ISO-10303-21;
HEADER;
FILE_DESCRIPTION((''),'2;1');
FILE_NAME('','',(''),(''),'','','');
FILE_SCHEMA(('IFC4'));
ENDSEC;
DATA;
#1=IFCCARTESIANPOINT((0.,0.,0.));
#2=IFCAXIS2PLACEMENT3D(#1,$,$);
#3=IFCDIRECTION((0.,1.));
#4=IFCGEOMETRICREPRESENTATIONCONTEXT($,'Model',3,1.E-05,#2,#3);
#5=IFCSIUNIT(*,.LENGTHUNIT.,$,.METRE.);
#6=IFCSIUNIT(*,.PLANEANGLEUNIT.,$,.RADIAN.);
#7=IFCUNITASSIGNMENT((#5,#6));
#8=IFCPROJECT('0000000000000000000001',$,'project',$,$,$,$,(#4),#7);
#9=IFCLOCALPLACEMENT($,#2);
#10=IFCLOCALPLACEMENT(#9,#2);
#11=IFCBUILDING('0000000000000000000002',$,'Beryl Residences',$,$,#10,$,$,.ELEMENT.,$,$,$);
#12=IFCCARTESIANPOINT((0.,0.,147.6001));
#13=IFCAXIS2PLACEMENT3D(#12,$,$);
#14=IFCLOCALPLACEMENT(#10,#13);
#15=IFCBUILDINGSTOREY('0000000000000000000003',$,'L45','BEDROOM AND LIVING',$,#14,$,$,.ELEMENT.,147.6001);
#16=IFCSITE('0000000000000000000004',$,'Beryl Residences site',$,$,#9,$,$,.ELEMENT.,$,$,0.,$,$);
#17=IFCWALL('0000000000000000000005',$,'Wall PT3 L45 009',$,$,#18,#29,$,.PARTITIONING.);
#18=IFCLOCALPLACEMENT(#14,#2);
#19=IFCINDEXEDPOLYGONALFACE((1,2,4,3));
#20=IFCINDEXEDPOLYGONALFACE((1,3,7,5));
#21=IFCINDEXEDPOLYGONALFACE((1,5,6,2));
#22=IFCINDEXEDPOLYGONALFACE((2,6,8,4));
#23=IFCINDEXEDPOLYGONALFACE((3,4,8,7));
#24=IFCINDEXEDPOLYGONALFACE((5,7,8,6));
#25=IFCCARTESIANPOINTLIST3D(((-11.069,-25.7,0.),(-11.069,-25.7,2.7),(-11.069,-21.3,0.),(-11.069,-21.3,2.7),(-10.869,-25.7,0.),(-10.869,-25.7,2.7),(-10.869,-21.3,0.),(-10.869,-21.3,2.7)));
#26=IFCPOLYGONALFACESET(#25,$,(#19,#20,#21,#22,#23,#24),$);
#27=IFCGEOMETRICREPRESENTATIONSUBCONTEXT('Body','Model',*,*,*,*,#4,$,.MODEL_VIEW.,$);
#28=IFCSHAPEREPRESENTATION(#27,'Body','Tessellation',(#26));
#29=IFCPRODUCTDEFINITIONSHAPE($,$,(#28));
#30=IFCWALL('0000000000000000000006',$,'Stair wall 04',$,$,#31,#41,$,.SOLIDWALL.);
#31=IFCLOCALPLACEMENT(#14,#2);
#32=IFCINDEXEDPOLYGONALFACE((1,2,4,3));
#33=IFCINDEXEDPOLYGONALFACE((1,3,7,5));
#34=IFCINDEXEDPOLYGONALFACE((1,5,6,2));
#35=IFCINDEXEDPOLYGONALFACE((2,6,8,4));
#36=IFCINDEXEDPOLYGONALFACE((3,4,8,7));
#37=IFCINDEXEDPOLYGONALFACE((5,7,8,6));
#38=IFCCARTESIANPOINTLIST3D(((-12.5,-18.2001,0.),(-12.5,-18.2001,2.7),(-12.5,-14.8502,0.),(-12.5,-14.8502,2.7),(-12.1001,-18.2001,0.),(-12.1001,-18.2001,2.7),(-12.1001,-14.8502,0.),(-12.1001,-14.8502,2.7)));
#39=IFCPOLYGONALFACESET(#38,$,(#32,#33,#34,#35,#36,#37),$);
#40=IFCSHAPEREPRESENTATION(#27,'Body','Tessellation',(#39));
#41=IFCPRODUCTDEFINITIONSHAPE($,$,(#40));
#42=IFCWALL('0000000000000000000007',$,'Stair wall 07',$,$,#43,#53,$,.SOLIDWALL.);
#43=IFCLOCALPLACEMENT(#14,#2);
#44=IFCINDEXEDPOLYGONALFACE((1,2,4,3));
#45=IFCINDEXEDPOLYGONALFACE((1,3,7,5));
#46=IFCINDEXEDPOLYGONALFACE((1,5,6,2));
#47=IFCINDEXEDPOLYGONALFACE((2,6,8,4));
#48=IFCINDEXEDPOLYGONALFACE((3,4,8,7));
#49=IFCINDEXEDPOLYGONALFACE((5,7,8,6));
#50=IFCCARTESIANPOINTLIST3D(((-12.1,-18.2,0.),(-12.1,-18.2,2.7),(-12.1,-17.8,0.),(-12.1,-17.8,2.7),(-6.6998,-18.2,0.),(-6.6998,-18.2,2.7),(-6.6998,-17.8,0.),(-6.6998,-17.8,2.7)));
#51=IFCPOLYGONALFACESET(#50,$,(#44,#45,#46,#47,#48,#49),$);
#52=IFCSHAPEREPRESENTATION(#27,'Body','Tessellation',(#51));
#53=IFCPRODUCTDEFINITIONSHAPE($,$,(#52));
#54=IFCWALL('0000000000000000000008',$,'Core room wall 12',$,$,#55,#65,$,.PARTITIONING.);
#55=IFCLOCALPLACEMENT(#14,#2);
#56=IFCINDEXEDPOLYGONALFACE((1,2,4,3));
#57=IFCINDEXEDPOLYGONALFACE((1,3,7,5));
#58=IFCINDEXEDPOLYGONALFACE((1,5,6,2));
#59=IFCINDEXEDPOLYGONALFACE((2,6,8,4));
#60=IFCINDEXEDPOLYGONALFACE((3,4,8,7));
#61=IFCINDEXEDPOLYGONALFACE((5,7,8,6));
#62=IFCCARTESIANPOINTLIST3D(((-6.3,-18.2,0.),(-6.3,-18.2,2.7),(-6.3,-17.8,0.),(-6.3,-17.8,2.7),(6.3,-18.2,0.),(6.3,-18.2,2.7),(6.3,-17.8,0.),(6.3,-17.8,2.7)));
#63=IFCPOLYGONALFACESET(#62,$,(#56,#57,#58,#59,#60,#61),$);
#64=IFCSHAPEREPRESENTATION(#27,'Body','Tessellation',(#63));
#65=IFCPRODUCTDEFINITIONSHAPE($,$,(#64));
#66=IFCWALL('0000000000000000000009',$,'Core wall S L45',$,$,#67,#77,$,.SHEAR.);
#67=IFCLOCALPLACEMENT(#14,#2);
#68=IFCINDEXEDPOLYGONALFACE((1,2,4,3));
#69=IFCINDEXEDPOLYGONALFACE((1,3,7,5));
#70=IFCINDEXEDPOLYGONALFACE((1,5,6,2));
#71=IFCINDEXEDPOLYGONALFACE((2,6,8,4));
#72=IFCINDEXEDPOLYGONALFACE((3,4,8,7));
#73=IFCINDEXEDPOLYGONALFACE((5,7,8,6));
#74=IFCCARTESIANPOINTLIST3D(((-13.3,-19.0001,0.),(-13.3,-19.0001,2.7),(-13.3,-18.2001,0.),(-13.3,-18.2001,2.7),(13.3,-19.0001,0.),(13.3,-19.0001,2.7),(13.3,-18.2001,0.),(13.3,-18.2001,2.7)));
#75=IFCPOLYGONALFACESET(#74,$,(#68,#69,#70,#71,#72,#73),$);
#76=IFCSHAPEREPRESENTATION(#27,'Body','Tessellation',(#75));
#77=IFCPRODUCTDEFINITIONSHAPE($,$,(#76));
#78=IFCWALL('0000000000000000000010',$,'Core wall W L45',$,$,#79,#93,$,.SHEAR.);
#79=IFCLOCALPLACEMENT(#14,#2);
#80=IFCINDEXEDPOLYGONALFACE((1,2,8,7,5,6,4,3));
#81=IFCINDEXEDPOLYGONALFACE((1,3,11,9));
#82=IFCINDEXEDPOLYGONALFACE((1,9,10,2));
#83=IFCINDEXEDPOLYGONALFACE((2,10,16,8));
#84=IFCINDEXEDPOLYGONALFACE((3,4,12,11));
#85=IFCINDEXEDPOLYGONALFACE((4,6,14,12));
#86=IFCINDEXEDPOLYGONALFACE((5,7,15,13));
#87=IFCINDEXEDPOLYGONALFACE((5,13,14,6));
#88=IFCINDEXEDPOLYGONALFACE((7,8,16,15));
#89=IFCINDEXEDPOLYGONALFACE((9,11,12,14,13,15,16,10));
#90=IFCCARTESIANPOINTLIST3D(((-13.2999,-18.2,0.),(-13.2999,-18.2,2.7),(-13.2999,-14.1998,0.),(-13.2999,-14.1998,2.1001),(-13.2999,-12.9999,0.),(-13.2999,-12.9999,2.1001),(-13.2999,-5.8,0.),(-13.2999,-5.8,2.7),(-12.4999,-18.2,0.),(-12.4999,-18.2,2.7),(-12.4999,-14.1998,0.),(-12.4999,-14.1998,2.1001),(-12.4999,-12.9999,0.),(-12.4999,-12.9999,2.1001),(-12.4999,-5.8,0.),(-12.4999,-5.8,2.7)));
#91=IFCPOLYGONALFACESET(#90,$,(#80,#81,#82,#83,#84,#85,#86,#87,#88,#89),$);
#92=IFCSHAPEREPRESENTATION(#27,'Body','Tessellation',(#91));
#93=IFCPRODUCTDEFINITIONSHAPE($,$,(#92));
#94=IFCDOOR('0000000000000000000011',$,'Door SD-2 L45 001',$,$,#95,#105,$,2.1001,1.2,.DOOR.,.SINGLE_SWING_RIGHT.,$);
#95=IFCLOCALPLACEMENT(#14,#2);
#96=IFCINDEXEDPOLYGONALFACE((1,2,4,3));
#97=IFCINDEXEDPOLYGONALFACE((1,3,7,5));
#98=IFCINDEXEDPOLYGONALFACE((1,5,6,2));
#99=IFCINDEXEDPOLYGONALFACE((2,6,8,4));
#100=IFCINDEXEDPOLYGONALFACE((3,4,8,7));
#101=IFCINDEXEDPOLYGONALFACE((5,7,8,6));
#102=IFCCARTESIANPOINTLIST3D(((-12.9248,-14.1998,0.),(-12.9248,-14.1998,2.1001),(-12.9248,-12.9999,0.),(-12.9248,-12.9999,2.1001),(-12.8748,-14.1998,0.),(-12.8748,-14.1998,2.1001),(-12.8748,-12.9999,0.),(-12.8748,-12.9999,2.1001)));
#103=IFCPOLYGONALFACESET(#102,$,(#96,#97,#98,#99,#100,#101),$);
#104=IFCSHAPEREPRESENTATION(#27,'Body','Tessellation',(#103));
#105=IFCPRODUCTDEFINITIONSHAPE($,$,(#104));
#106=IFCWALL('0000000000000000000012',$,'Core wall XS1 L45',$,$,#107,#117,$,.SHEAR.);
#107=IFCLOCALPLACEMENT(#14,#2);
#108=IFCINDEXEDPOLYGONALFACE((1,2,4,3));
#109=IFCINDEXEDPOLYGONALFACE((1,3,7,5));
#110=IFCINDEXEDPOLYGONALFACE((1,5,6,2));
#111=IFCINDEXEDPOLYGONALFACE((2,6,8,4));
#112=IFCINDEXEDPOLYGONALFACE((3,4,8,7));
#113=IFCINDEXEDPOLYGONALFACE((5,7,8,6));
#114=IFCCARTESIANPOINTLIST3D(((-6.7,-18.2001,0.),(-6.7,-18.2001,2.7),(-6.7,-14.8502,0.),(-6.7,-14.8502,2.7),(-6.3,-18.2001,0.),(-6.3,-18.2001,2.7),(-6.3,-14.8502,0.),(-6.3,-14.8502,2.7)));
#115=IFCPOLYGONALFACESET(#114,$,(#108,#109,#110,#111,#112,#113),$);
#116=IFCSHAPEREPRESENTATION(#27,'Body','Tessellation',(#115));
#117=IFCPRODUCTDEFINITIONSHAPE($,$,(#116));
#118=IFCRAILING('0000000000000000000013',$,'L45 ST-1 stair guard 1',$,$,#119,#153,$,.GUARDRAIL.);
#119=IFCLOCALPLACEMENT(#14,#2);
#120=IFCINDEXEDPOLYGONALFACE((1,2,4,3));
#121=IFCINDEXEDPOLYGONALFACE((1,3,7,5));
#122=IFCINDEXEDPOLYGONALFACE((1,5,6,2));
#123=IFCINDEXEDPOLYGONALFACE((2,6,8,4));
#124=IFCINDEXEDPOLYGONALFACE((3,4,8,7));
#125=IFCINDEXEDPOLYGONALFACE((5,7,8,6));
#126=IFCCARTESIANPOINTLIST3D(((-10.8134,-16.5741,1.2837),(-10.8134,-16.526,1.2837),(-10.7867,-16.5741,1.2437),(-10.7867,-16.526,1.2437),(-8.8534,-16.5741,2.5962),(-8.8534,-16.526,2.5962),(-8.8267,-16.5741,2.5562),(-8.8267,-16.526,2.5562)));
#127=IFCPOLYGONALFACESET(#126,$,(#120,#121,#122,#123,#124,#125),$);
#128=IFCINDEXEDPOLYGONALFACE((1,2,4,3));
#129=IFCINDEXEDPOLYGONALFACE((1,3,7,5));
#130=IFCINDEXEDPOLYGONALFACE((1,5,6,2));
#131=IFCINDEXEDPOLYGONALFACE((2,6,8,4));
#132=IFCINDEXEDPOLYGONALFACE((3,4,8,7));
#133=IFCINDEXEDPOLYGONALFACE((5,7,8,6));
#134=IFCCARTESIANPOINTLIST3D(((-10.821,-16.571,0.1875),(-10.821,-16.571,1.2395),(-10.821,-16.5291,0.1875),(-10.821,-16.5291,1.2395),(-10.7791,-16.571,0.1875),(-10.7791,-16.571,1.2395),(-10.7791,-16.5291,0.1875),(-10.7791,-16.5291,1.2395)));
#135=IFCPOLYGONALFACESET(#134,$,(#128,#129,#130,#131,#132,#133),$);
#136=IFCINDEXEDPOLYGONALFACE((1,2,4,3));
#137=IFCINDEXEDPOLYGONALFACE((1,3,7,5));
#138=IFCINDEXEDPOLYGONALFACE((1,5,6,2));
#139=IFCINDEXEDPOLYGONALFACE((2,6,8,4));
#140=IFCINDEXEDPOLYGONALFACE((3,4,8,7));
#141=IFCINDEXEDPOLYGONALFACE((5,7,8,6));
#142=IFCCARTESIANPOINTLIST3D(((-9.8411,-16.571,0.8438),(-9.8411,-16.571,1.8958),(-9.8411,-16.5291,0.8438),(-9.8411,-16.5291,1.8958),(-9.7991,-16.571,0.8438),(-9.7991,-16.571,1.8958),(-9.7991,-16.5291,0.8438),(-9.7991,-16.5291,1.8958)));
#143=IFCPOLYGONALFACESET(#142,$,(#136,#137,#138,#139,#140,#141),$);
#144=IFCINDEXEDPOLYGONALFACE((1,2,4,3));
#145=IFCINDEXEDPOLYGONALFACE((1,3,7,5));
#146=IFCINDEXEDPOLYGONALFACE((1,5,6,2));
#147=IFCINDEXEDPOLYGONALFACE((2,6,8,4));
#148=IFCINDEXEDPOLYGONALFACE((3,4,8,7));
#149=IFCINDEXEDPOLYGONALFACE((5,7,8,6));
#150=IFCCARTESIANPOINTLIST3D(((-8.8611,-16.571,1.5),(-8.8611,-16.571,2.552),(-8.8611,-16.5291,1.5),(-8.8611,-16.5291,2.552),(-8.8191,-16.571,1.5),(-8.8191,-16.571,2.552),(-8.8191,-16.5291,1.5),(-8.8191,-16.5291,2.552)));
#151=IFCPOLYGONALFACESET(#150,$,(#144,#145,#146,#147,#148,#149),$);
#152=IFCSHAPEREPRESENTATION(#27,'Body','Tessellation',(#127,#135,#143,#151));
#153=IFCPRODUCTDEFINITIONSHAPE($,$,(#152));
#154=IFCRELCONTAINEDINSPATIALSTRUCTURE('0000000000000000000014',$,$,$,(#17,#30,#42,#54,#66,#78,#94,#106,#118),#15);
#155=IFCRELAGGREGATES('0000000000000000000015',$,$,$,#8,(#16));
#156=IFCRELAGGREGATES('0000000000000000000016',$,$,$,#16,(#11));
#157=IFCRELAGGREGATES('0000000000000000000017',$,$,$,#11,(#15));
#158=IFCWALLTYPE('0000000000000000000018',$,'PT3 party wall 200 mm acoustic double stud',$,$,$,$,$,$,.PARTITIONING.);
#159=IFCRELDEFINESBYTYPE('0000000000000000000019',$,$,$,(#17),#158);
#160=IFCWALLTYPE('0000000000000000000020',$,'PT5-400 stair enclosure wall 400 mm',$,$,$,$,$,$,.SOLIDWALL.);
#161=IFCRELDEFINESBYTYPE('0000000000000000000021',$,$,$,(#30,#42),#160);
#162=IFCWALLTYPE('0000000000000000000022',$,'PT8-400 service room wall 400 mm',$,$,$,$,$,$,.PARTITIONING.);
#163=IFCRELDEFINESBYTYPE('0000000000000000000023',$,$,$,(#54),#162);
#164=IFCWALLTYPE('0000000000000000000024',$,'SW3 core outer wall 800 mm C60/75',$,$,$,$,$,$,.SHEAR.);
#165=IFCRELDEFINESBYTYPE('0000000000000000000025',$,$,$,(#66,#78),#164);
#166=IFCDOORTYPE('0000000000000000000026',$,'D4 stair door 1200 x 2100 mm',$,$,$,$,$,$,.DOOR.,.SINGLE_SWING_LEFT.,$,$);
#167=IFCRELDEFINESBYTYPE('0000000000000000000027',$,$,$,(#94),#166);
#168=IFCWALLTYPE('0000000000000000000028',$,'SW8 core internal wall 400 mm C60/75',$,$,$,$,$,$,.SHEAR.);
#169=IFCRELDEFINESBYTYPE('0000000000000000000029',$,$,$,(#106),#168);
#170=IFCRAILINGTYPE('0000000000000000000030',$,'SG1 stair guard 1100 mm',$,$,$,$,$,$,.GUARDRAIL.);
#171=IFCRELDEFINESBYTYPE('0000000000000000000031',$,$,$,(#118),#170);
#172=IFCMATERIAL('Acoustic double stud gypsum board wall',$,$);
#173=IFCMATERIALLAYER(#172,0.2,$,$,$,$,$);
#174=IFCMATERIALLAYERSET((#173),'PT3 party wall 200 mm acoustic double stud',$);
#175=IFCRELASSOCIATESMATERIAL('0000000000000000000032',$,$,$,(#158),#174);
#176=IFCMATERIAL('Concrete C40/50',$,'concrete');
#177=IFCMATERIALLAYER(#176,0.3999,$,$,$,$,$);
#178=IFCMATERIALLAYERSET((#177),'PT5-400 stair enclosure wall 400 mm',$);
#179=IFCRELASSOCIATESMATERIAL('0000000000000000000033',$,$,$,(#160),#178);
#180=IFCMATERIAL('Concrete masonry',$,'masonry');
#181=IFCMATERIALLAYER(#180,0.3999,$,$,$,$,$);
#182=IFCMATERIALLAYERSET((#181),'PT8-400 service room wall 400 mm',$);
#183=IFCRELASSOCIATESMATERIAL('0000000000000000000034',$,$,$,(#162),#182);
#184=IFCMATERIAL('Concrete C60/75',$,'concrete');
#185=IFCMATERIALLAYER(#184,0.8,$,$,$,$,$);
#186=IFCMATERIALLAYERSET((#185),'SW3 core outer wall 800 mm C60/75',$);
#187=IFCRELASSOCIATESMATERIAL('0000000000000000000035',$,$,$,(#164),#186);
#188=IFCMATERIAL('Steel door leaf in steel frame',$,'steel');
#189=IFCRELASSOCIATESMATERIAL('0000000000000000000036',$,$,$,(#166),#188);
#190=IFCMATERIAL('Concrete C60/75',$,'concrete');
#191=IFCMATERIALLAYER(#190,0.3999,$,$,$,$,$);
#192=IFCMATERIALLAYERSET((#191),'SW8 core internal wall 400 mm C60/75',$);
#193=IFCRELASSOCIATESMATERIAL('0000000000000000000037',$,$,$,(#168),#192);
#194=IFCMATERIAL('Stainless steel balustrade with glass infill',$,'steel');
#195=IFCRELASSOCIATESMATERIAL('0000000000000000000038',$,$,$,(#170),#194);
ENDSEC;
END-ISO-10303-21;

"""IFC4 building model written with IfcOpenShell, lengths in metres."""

from ifc_helpers import new_model, si_unit, direction, frame, frame_2d, origin, origin_2d, place, context, subcontext, project, spatial, rectangle, extrude, material, layer, layer_set, type_object, element, fill, save


model = new_model("IFC4")

# Units and contexts
model_context = context("Model", 3, precision=1e-05, world=origin(), true_north=direction((0.0, 1.0)))
body_context = subcontext(model_context, "Body", "Model", "MODEL_VIEW")
ifc_project = project(units=[si_unit("LENGTHUNIT", "METRE"), si_unit("PLANEANGLEUNIT", "RADIAN")], contexts=[model_context])

# Site, building, storey
site_placement = place(None, origin())
site = spatial("IfcSite", under=ifc_project, at=site_placement, Name="Beryl Residences site", CompositionType="ELEMENT", RefElevation=0.0)
building_placement = place(site_placement, origin())
building = spatial("IfcBuilding", under=site, at=building_placement, Name="Beryl Residences", CompositionType="ELEMENT")
storey_placement = place(building_placement, frame((0.0, 0.0, 147.6001)))
storey = spatial("IfcBuildingStorey", under=building, at=storey_placement, Name="L45", Description="BEDROOM AND LIVING", CompositionType="ELEMENT", Elevation=147.6001)

# Walls
ifc_material_1 = material(Name="Acoustic double stud gypsum board wall")
ifc_layer_1 = layer(ifc_material_1, 0.2)
ifc_layer_set_1 = layer_set([ifc_layer_1], Name="PT3 party wall 200 mm acoustic double stud")
wall_type_1 = type_object("IfcWallType", Name="PT3 party wall 200 mm acoustic double stud", PredefinedType="PARTITIONING", material=ifc_layer_set_1)
wall_1_placement = place(storey_placement, frame((-10.969, -25.7, 0.0), z_axis=(0.0, 0.0, 1.0), x_axis=(0.0, 1.0, 0.0)))
element("IfcWall", 1, at=wall_1_placement, inside=storey, type_object=wall_type_1, Name="Wall PT3 L45 009", PredefinedType="PARTITIONING", context=body_context, shape_type="SweptSolid", body=[
    extrude(rectangle(XDim=4.3999, YDim=0.2, at=frame_2d((2.2, 0.0))), origin(), (0.0, 0.0, 1.0), 2.7),
])
ifc_material_2 = material(Name="Concrete C40/50", Category="concrete")
ifc_layer_2 = layer(ifc_material_2, 0.3999)
ifc_layer_set_2 = layer_set([ifc_layer_2], Name="PT5-400 stair enclosure wall 400 mm")
wall_type_2 = type_object("IfcWallType", Name="PT5-400 stair enclosure wall 400 mm", PredefinedType="SOLIDWALL", material=ifc_layer_set_2)
wall_2_placement = place(storey_placement, frame((-12.3, -18.2, 0.0), z_axis=(0.0, 0.0, 1.0), x_axis=(0.0, 1.0, 0.0)))
element("IfcWall", 2, at=wall_2_placement, inside=storey, type_object=wall_type_2, Name="Stair wall 04", PredefinedType="SOLIDWALL", context=body_context, shape_type="SweptSolid", body=[
    extrude(rectangle(XDim=3.3499, YDim=0.3999, at=frame_2d((1.6748, 0.0))), origin(), (0.0, 0.0, 1.0), 2.7),
])
wall_3_placement = place(storey_placement, frame((-12.1001, -18.0, 0.0), z_axis=(0.0, 0.0, 1.0), x_axis=(1.0, 0.0, 0.0)))
element("IfcWall", 3, at=wall_3_placement, inside=storey, type_object=wall_type_2, Name="Stair wall 07", PredefinedType="SOLIDWALL", context=body_context, shape_type="SweptSolid", body=[
    extrude(rectangle(XDim=5.4001, YDim=0.3999, at=frame_2d((2.7002, 0.0))), origin(), (0.0, 0.0, 1.0), 2.7),
])
ifc_material_3 = material(Name="Concrete masonry", Category="masonry")
ifc_layer_3 = layer(ifc_material_3, 0.3999)
ifc_layer_set_3 = layer_set([ifc_layer_3], Name="PT8-400 service room wall 400 mm")
wall_type_3 = type_object("IfcWallType", Name="PT8-400 service room wall 400 mm", PredefinedType="PARTITIONING", material=ifc_layer_set_3)
wall_4_placement = place(storey_placement, frame((-6.3, -18.0, 0.0), z_axis=(0.0, 0.0, 1.0), x_axis=(1.0, 0.0, 0.0)))
element("IfcWall", 4, at=wall_4_placement, inside=storey, type_object=wall_type_3, Name="Core room wall 12", PredefinedType="PARTITIONING", context=body_context, shape_type="SweptSolid", body=[
    extrude(rectangle(XDim=12.6001, YDim=0.3999, at=frame_2d((6.3, 0.0))), origin(), (0.0, 0.0, 1.0), 2.7),
])
ifc_material_4 = material(Name="Concrete C60/75", Category="concrete")
ifc_layer_4 = layer(ifc_material_4, 0.8)
ifc_layer_set_4 = layer_set([ifc_layer_4], Name="SW3 core outer wall 800 mm C60/75")
wall_type_4 = type_object("IfcWallType", Name="SW3 core outer wall 800 mm C60/75", PredefinedType="SHEAR", material=ifc_layer_set_4)
wall_5_placement = place(storey_placement, frame((-13.3, -18.6001, 0.0), z_axis=(0.0, 0.0, 1.0), x_axis=(1.0, 0.0, 0.0)))
element("IfcWall", 5, at=wall_5_placement, inside=storey, type_object=wall_type_4, Name="Core wall S L45", PredefinedType="SHEAR", context=body_context, shape_type="SweptSolid", body=[
    extrude(rectangle(XDim=26.6001, YDim=0.8, at=frame_2d((13.3, 0.0))), origin(), (0.0, 0.0, 1.0), 2.7),
])

# Wall, opening, door
wall_6_placement = place(storey_placement, frame((-12.8999, -18.2, 0.0), z_axis=(0.0, 0.0, 1.0), x_axis=(0.0, 1.0, 0.0)))
wall_6 = element("IfcWall", 6, at=wall_6_placement, inside=storey, type_object=wall_type_4, Name="Core wall W L45", PredefinedType="SHEAR", context=body_context, shape_type="SweptSolid", body=[
    extrude(rectangle(XDim=12.3999, YDim=0.8, at=frame_2d((6.2, 0.0))), origin(), (0.0, 0.0, 1.0), 2.7),
])
opening_1_placement = place(wall_6_placement, frame((4.0, 0.0, 0.0)))
opening_1 = element("IfcOpeningElement", 7, at=opening_1_placement, cuts=wall_6, PredefinedType="OPENING", context=body_context, shape_type="SweptSolid", body=[
    extrude(rectangle(XDim=1.2, YDim=2.1001, at=frame_2d((0.6001, 1.05))), frame((0.0, 0.4099, 0.0), z_axis=(0.0, -1.0, 0.0), x_axis=(1.0, 0.0, 0.0)), (0.0, 0.0, 1.0), 0.8201),
])
ifc_material_5 = material(Name="Steel door leaf in steel frame", Category="steel")
door_type_1 = type_object("IfcDoorType", Name="D4 stair door 1200 x 2100 mm", OperationType="SINGLE_SWING_LEFT", PredefinedType="DOOR", material=ifc_material_5)
door_1_placement = place(opening_1_placement, origin())
door_1 = element("IfcDoor", 8, at=door_1_placement, inside=storey, type_object=door_type_1, Name="Door SD-2 L45 001", OperationType="SINGLE_SWING_RIGHT", OverallHeight=2.1001, OverallWidth=1.2, PredefinedType="DOOR", context=body_context, shape_type="SweptSolid", body=[
    extrude(rectangle(XDim=1.2, YDim=2.1001, at=frame_2d((0.6001, 1.05))), frame((0.0, 0.0249, 0.0), z_axis=(0.0, -1.0, 0.0), x_axis=(1.0, 0.0, 0.0)), (0.0, 0.0, 1.0), 0.05),
])
fill(opening_1, door_1)

# Wall
ifc_material_6 = material(Name="Concrete C60/75", Category="concrete")
ifc_layer_5 = layer(ifc_material_6, 0.3999)
ifc_layer_set_5 = layer_set([ifc_layer_5], Name="SW8 core internal wall 400 mm C60/75")
wall_type_5 = type_object("IfcWallType", Name="SW8 core internal wall 400 mm C60/75", PredefinedType="SHEAR", material=ifc_layer_set_5)
wall_7_placement = place(storey_placement, frame((-6.5, -18.2, 0.0), z_axis=(0.0, 0.0, 1.0), x_axis=(0.0, 1.0, 0.0)))
element("IfcWall", 9, at=wall_7_placement, inside=storey, type_object=wall_type_5, Name="Core wall XS1 L45", PredefinedType="SHEAR", context=body_context, shape_type="SweptSolid", body=[
    extrude(rectangle(XDim=3.3499, YDim=0.3999, at=frame_2d((1.6748, 0.0))), origin(), (0.0, 0.0, 1.0), 2.7),
])

# Railing
ifc_material_7 = material(Name="Stainless steel balustrade with glass infill", Category="steel")
railing_type_1 = type_object("IfcRailingType", Name="SG1 stair guard 1100 mm", PredefinedType="GUARDRAIL", material=ifc_material_7)
railing_1_placement = place(storey_placement, frame((-10.8, -16.55, 0.1875)))
element("IfcRailing", 10, at=railing_1_placement, inside=storey, type_object=railing_type_1, Name="L45 ST-1 stair guard 1", PredefinedType="GUARDRAIL", context=body_context, shape_type="SweptSolid", body=[
    extrude(rectangle(XDim=0.0481, YDim=0.0481, at=origin_2d()), frame((0.0, 0.0, 1.0762), z_axis=(0.830902, 0.0, 0.556419), x_axis=(0.0, 1.0, 0.0)), (0.0, 0.0, 1.0), 2.3589),
    extrude(rectangle(XDim=0.042, YDim=0.042, at=origin_2d()), origin(), (0.0, 0.0, 1.0), 1.052),
    extrude(rectangle(XDim=0.042, YDim=0.042, at=origin_2d()), frame((0.98, 0.0, 0.6562)), (0.0, 0.0, 1.0), 1.052),
    extrude(rectangle(XDim=0.042, YDim=0.042, at=origin_2d()), frame((1.96, 0.0, 1.3125)), (0.0, 0.0, 1.0), 1.052),
])

save(model, "model.ifc")
